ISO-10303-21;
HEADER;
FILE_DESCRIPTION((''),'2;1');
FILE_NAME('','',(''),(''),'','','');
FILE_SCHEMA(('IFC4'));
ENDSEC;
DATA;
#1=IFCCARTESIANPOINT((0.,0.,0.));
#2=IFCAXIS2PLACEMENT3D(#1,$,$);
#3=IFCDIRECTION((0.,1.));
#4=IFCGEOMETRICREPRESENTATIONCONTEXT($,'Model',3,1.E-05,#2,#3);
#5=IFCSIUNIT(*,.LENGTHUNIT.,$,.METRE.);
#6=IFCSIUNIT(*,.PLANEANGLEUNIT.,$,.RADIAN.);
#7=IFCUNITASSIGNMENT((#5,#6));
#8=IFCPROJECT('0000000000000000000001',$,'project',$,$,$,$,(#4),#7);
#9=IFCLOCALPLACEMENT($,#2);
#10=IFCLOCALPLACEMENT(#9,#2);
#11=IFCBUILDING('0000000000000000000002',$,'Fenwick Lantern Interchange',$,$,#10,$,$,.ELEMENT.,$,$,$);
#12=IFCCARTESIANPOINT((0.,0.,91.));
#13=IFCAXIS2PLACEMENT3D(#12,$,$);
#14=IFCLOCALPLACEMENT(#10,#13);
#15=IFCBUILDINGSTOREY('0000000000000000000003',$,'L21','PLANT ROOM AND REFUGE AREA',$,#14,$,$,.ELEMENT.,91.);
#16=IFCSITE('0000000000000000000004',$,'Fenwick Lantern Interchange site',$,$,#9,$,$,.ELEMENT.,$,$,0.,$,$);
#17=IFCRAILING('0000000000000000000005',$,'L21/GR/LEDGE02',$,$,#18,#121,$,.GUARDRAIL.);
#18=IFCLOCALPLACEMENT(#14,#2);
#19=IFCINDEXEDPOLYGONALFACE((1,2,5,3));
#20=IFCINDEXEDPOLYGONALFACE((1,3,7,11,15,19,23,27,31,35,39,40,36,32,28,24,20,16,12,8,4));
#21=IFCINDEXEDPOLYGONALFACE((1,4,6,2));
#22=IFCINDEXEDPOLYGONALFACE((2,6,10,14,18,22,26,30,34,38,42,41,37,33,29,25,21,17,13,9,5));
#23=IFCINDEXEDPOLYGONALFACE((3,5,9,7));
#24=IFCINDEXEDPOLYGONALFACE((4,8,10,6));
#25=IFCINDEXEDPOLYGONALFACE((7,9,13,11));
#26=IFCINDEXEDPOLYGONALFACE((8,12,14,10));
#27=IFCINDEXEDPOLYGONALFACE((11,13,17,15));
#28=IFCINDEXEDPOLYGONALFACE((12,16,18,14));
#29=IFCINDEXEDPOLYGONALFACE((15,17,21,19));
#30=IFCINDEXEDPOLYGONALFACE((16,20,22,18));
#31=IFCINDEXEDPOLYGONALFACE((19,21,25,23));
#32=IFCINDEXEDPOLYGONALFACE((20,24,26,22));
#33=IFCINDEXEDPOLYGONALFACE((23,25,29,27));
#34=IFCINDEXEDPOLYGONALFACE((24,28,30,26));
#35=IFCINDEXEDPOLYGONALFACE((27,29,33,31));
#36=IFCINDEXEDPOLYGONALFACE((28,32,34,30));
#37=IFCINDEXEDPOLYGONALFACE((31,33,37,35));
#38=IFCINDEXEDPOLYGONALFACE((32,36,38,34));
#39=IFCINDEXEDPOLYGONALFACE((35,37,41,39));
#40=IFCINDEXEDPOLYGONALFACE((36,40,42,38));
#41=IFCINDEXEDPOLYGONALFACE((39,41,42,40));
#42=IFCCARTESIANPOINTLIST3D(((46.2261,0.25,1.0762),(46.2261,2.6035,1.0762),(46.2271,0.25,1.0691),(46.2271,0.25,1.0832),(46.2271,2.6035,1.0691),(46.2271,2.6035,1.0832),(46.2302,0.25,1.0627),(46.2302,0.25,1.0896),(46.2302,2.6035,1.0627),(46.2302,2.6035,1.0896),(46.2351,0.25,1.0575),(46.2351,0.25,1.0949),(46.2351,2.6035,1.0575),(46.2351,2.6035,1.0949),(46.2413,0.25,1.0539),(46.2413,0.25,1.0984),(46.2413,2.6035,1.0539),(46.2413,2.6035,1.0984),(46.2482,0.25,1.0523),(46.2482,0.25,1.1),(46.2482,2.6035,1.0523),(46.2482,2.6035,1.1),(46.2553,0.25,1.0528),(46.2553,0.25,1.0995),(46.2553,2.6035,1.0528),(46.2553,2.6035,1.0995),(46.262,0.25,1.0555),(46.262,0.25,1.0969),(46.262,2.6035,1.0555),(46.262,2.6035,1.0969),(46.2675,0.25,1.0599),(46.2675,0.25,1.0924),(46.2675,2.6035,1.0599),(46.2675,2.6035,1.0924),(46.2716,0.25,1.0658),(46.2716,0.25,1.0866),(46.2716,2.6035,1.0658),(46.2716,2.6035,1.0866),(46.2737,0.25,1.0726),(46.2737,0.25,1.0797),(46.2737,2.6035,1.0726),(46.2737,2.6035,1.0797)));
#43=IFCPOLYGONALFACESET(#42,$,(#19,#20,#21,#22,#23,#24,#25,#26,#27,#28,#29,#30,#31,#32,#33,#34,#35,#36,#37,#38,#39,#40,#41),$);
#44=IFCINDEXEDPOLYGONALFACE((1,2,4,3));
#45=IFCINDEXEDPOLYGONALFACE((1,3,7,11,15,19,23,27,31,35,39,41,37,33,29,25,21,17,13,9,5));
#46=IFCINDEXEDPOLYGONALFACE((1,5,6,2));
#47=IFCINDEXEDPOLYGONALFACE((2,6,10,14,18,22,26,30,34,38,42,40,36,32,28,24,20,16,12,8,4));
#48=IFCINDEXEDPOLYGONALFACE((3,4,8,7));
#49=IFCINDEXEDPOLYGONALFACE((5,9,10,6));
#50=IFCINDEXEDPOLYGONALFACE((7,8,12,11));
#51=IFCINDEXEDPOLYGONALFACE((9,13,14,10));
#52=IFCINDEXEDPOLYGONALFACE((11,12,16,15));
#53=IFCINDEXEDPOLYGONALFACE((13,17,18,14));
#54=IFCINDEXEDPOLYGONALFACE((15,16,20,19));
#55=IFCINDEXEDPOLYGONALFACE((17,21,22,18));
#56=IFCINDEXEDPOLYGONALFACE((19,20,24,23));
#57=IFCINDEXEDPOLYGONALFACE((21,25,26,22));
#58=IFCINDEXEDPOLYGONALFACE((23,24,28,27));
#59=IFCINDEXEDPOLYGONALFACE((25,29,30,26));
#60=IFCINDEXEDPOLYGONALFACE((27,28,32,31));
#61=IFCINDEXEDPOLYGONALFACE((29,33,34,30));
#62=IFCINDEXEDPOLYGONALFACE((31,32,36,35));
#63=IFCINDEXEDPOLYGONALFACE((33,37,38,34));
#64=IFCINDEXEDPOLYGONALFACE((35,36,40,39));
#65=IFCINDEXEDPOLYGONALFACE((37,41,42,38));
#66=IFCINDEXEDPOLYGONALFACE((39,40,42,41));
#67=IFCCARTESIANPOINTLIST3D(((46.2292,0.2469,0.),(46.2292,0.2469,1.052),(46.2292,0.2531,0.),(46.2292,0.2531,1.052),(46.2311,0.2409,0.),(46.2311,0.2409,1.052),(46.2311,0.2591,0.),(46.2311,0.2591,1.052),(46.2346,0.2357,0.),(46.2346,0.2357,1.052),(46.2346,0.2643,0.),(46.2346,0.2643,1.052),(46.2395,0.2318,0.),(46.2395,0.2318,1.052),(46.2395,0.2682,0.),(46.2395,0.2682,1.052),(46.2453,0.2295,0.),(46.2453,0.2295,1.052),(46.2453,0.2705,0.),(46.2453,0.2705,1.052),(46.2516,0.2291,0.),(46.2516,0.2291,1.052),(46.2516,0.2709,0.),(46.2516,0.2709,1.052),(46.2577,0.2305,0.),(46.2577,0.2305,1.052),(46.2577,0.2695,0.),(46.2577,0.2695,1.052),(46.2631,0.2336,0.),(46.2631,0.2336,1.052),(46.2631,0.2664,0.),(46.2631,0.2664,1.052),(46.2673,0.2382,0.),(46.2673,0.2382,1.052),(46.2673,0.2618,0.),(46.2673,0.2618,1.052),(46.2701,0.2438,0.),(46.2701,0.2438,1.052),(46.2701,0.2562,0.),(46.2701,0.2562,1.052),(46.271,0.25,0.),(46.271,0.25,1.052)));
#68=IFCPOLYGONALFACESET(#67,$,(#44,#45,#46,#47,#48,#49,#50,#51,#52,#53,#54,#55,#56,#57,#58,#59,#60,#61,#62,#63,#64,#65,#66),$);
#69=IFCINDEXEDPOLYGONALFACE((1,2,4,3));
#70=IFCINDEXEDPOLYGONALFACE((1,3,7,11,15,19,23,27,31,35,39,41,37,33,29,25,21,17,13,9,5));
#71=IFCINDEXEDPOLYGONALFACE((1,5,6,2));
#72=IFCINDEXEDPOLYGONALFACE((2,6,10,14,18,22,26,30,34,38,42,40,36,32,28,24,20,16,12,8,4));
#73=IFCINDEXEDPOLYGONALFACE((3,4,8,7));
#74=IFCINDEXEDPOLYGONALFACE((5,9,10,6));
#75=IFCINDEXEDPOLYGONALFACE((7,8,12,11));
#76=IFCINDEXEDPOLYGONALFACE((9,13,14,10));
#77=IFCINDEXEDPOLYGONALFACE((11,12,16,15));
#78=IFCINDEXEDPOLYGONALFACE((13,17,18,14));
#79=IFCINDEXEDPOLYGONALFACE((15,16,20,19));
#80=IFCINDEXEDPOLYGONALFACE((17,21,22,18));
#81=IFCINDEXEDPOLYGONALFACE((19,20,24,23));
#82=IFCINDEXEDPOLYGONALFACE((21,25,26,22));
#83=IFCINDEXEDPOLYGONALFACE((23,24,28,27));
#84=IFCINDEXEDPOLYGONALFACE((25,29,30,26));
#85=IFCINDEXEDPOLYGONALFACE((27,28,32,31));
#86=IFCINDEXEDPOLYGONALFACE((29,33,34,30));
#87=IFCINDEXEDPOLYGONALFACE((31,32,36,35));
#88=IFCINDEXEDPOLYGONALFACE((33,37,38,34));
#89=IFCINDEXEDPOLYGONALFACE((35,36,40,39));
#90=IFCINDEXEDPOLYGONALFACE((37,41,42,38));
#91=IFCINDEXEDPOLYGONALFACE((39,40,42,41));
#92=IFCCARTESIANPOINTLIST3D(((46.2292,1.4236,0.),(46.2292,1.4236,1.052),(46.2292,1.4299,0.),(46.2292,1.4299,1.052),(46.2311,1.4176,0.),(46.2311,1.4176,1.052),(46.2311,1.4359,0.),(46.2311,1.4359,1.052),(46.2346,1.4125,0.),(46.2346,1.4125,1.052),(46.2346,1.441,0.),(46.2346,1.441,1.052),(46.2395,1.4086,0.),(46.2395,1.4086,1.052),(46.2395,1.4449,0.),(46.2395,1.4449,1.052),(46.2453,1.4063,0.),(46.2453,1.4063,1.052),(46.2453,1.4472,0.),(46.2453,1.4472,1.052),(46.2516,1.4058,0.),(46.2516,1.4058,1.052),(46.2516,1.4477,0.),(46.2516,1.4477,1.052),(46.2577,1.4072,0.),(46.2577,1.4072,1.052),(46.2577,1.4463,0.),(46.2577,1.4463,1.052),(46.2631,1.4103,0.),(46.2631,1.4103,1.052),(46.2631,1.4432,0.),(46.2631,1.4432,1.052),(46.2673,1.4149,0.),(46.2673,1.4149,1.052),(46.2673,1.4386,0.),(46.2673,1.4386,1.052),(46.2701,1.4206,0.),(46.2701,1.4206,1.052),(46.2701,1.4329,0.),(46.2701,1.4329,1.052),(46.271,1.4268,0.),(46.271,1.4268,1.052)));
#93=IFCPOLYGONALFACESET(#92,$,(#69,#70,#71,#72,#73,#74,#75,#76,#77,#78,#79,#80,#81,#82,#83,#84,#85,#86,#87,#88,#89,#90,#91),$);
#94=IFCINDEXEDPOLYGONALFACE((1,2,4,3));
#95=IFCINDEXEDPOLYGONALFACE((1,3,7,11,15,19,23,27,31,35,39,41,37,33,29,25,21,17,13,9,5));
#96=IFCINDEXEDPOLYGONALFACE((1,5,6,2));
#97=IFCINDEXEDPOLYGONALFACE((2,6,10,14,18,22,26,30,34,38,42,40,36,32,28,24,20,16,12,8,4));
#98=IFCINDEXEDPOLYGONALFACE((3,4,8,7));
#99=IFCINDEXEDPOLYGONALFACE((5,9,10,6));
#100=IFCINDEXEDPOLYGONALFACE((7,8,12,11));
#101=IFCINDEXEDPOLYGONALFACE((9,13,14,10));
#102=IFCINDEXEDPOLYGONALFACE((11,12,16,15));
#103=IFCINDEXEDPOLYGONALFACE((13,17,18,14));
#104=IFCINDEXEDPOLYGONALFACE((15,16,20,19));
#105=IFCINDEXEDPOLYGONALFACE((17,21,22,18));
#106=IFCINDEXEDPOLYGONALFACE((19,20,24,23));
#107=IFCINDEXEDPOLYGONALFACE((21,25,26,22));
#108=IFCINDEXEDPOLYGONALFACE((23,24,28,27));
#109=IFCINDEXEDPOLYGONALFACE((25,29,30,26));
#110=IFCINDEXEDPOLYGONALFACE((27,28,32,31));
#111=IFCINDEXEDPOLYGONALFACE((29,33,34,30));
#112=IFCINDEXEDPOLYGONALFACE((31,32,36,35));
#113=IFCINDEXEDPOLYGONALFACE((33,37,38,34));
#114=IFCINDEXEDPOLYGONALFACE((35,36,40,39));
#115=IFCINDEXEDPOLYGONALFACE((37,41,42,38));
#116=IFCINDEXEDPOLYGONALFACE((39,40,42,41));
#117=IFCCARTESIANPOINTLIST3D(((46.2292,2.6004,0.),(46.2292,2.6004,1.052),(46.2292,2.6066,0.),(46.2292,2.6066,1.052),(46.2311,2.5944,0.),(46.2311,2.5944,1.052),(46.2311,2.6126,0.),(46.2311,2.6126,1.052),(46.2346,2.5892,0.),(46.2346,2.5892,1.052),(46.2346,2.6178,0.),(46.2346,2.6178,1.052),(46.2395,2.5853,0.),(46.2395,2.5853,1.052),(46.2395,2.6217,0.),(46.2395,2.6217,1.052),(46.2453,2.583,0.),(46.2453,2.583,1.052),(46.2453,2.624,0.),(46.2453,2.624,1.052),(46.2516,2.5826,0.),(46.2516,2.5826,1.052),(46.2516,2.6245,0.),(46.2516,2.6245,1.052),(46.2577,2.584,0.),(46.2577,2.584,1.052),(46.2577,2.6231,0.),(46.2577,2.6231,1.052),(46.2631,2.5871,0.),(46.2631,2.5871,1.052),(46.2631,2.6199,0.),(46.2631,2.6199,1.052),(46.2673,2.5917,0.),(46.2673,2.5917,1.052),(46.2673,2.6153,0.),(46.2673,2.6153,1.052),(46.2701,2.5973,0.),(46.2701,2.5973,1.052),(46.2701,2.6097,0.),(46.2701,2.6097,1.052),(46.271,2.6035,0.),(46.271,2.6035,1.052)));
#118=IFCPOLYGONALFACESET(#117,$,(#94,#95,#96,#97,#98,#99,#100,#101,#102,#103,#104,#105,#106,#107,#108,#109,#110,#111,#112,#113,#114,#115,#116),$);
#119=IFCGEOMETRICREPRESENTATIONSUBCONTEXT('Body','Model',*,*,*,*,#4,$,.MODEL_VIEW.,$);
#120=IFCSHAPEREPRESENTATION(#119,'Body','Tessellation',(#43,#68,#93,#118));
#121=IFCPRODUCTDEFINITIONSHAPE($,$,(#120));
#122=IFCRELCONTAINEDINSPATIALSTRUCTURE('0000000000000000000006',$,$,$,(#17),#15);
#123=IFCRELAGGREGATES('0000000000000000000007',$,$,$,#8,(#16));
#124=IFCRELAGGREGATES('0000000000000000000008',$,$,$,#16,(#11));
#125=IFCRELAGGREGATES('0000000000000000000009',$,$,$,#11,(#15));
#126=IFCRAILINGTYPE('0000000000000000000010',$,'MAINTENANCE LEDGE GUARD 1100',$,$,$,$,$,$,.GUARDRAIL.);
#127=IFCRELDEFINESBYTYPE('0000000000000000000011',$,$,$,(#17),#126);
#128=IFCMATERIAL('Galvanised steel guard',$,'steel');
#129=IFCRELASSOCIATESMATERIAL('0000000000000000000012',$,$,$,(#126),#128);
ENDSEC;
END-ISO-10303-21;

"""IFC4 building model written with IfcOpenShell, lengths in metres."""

from ifc_helpers import new_model, si_unit, direction, frame, origin, origin_2d, place, context, subcontext, project, spatial, circle, extrude, material, type_object, element, save


model = new_model("IFC4")

# Units and contexts
model_context = context("Model", 3, precision=1e-05, world=origin(), true_north=direction((0.0, 1.0)))
body_context = subcontext(model_context, "Body", "Model", "MODEL_VIEW")
ifc_project = project(units=[si_unit("LENGTHUNIT", "METRE"), si_unit("PLANEANGLEUNIT", "RADIAN")], contexts=[model_context])

# Site, building, storey
site_placement = place(None, origin())
site = spatial("IfcSite", under=ifc_project, at=site_placement, Name="Fenwick Lantern Interchange site", CompositionType="ELEMENT", RefElevation=0.0)
building_placement = place(site_placement, origin())
building = spatial("IfcBuilding", under=site, at=building_placement, Name="Fenwick Lantern Interchange", CompositionType="ELEMENT")
storey_placement = place(building_placement, frame((0.0, 0.0, 91.0)))
storey = spatial("IfcBuildingStorey", under=building, at=storey_placement, Name="L21", Description="PLANT ROOM AND REFUGE AREA", CompositionType="ELEMENT", Elevation=91.0)

# Railing
ifc_material_1 = material(Name="Galvanised steel guard", Category="steel")
railing_type = type_object("IfcRailingType", Name="MAINTENANCE LEDGE GUARD 1100", PredefinedType="GUARDRAIL", material=ifc_material_1)
railing_1_placement = place(storey_placement, frame((46.25, 0.25, 0.0)))
element("IfcRailing", 1, at=railing_1_placement, inside=storey, type_object=railing_type, Name="L21/GR/LEDGE02", PredefinedType="GUARDRAIL", context=body_context, shape_type="SweptSolid", body=[
    extrude(circle(Radius=0.0239, at=origin_2d()), frame((0.0, 0.0, 1.0762), z_axis=(0.0, 1.0, 0.0), x_axis=(-1.0, 0.0, 0.0)), (0.0, 0.0, 1.0), 2.3535),
    extrude(circle(Radius=0.021, at=origin_2d()), origin(), (0.0, 0.0, 1.0), 1.052),
    extrude(circle(Radius=0.021, at=origin_2d()), frame((0.0, 1.1768, 0.0)), (0.0, 0.0, 1.0), 1.052),
    extrude(circle(Radius=0.021, at=origin_2d()), frame((0.0, 2.3535, 0.0)), (0.0, 0.0, 1.0), 1.052),
])

save(model, "model.ifc")
